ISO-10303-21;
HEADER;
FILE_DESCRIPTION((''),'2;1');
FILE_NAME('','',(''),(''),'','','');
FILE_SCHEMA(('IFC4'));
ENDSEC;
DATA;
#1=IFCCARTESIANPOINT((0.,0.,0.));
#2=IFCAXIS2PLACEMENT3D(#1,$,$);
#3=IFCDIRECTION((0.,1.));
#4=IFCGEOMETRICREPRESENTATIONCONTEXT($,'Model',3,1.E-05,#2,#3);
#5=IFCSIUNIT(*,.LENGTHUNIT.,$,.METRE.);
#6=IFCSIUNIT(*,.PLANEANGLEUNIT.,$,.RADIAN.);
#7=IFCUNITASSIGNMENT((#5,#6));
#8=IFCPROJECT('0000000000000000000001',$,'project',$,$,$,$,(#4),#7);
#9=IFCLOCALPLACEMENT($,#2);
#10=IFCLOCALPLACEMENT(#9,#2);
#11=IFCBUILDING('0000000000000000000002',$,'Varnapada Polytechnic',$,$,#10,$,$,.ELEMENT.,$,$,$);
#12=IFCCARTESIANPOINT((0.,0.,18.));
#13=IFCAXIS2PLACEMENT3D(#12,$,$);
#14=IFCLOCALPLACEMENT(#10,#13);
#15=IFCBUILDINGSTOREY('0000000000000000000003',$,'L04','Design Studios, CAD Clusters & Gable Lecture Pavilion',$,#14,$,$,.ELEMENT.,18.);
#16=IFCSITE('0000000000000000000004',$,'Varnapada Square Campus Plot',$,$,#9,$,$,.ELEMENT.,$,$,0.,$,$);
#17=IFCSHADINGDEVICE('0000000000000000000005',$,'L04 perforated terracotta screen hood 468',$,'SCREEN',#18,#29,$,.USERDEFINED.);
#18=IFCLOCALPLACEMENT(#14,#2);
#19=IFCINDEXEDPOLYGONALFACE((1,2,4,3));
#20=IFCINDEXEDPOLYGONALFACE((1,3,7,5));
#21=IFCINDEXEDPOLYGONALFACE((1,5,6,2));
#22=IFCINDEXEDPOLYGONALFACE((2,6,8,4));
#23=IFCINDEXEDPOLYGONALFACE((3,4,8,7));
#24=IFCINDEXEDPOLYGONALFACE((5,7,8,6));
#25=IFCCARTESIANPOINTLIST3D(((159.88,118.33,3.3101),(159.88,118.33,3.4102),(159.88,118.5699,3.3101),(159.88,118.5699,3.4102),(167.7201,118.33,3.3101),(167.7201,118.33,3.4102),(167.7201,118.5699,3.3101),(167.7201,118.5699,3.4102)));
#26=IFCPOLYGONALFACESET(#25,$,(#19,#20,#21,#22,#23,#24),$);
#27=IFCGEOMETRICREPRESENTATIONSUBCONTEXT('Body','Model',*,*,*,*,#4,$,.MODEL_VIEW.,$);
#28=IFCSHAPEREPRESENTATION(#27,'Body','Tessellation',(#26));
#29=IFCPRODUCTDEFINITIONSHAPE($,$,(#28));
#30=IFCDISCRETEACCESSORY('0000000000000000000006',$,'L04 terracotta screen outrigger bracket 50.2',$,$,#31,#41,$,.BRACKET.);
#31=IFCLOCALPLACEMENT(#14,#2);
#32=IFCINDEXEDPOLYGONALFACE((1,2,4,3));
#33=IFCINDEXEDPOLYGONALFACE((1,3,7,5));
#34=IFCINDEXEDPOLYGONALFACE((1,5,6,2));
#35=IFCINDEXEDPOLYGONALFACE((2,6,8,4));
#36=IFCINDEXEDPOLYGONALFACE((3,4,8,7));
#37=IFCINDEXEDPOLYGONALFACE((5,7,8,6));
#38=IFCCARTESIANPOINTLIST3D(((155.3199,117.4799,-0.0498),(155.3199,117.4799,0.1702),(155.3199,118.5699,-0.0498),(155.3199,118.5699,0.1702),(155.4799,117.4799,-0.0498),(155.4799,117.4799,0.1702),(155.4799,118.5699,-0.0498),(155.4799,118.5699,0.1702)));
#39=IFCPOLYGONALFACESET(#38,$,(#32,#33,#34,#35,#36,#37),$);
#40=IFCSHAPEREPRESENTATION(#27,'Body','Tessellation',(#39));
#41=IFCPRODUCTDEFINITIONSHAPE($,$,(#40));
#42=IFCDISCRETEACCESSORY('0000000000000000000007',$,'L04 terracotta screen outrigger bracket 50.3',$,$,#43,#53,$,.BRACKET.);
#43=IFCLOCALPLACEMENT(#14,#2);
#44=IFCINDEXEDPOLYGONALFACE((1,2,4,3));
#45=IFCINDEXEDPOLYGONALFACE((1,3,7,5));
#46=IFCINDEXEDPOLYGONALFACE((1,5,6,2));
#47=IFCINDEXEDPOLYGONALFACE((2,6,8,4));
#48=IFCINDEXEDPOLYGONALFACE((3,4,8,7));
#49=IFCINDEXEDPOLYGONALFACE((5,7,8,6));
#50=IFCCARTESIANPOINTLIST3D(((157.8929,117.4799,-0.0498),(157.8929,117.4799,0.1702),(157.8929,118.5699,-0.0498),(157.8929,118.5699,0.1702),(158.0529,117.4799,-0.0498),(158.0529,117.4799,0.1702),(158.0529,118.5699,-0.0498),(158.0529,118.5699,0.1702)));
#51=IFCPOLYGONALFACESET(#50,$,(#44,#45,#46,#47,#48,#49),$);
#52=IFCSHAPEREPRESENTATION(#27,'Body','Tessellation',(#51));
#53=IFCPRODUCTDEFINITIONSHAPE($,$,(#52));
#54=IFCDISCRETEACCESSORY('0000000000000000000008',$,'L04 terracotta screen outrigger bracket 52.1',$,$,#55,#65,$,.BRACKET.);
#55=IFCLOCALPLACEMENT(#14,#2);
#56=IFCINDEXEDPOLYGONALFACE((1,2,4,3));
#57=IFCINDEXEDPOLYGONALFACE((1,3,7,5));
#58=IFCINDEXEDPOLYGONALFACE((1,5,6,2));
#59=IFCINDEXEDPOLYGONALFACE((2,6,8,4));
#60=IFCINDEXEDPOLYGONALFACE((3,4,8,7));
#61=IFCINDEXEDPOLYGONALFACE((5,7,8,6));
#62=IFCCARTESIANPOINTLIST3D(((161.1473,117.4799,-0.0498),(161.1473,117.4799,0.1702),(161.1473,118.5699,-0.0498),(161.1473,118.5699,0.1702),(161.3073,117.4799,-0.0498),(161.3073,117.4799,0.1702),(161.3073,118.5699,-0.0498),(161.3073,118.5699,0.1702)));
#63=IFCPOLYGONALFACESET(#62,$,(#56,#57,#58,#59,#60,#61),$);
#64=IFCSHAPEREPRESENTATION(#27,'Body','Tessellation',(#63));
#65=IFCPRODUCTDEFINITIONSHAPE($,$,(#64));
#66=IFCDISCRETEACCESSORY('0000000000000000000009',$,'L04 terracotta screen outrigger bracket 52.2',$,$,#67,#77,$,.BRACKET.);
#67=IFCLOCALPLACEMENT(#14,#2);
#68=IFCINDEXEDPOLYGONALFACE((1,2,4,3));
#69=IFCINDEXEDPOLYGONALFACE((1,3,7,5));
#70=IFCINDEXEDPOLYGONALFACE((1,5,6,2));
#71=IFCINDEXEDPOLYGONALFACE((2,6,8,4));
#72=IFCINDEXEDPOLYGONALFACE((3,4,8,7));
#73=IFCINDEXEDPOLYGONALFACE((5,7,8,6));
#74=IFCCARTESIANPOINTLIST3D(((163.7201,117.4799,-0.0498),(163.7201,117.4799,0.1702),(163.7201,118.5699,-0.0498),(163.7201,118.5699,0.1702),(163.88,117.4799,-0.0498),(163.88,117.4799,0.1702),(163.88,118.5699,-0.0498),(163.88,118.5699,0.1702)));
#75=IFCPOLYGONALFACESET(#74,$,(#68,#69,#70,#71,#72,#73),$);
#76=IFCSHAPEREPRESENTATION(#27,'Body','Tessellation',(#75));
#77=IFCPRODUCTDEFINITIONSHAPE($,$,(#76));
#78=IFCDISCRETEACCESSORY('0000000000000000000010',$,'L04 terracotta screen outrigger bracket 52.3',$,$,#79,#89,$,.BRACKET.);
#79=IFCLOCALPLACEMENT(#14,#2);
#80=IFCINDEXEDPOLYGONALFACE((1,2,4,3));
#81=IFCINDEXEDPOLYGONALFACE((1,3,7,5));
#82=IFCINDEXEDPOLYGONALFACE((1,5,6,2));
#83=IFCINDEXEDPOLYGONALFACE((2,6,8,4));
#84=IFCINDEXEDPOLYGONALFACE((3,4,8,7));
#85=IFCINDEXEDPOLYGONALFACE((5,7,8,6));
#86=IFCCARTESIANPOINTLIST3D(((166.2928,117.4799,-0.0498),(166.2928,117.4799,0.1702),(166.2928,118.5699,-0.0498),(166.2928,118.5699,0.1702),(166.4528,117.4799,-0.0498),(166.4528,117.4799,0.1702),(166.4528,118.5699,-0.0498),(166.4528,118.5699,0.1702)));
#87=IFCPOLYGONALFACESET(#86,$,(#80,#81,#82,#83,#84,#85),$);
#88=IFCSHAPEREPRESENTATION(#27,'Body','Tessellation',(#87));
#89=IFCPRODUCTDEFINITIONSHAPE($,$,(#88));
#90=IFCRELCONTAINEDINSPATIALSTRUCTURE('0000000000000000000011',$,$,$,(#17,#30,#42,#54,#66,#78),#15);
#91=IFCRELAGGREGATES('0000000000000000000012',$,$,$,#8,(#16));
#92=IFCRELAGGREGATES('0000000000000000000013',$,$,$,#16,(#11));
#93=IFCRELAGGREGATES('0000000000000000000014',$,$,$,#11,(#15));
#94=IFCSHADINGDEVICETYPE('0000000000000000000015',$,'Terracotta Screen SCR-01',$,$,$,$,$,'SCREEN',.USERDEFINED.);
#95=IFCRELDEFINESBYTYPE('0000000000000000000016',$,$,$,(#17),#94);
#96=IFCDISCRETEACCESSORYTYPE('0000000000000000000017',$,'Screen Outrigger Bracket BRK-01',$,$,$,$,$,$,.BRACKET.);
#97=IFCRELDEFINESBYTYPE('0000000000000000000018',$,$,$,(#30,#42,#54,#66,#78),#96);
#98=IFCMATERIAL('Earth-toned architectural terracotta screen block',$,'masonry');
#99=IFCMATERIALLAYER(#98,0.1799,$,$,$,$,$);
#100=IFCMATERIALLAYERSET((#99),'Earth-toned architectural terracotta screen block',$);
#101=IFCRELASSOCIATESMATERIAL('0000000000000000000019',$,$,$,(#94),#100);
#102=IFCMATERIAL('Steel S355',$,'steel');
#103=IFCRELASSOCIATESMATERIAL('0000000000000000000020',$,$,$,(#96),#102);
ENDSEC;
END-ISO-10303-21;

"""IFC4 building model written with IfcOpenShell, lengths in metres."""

from ifc_helpers import new_model, si_unit, direction, frame, origin, origin_2d, place, context, subcontext, project, spatial, rectangle, extrude, material, layer, layer_set, type_object, element, save


model = new_model("IFC4")

# Units and contexts
model_context = context("Model", 3, precision=1e-05, world=origin(), true_north=direction((0.0, 1.0)))
body_context = subcontext(model_context, "Body", "Model", "MODEL_VIEW")
ifc_project = project(units=[si_unit("LENGTHUNIT", "METRE"), si_unit("PLANEANGLEUNIT", "RADIAN")], contexts=[model_context])

# Site, building, storey
site_placement = place(None, origin())
site = spatial("IfcSite", under=ifc_project, at=site_placement, Name="Varnapada Square Campus Plot", CompositionType="ELEMENT", RefElevation=0.0)
building_placement = place(site_placement, origin())
building = spatial("IfcBuilding", under=site, at=building_placement, Name="Varnapada Polytechnic", CompositionType="ELEMENT")
storey_placement = place(building_placement, frame((0.0, 0.0, 18.0)))
storey = spatial("IfcBuildingStorey", under=building, at=storey_placement, Name="L04", Description="Design Studios, CAD Clusters & Gable Lecture Pavilion", CompositionType="ELEMENT", Elevation=18.0)

# Shared definitions
ifc_material_1 = material(Name="Earth-toned architectural terracotta screen block", Category="masonry")

# Shading device
ifc_layer_1 = layer(ifc_material_1, 0.1799)
ifc_layer_set_1 = layer_set([ifc_layer_1], Name="Earth-toned architectural terracotta screen block")
shading_device_type_1 = type_object("IfcShadingDeviceType", Name="Terracotta Screen SCR-01", ElementType="SCREEN", PredefinedType="USERDEFINED", material=ifc_layer_set_1)
for number, where, z_axis, x_axis, name in (
    (1, (163.8, 118.45, 3.3101), (0.0, 0.0, 1.0), (1.0, 0.0, 0.0), "L04 perforated terracotta screen hood 468"),
):
    element("IfcShadingDevice", number, at=place(storey_placement, frame(where, z_axis=z_axis, x_axis=x_axis)), inside=storey, type_object=shading_device_type_1, Name=name, ObjectType="SCREEN", PredefinedType="USERDEFINED", context=body_context, shape_type="SweptSolid", body=[
        extrude(rectangle(XDim=7.8401, YDim=0.24, at=origin_2d()), origin(), (0.0, 0.0, 1.0), 0.1001),
    ])

# Discrete accessories
ifc_material_2 = material(Name="Steel S355", Category="steel")
discrete_accessory_type = type_object("IfcDiscreteAccessoryType", Name="Screen Outrigger Bracket BRK-01", PredefinedType="BRACKET", material=ifc_material_2)
for number, where, z_axis, x_axis, name in (
    (2, (155.3999, 118.0249, -0.0498), (0.0, 0.0, 1.0), (1.0, 0.0, 0.0), "L04 terracotta screen outrigger bracket 50.2"),
    (3, (157.9729, 118.0249, -0.0498), (0.0, 0.0, 1.0), (1.0, 0.0, 0.0), "L04 terracotta screen outrigger bracket 50.3"),
    (4, (161.2273, 118.0249, -0.0498), (0.0, 0.0, 1.0), (1.0, 0.0, 0.0), "L04 terracotta screen outrigger bracket 52.1"),
    (5, (163.8, 118.0249, -0.0498), (0.0, 0.0, 1.0), (1.0, 0.0, 0.0), "L04 terracotta screen outrigger bracket 52.2"),
    (6, (166.3728, 118.0249, -0.0498), (0.0, 0.0, 1.0), (1.0, 0.0, 0.0), "L04 terracotta screen outrigger bracket 52.3"),
):
    element("IfcDiscreteAccessory", number, at=place(storey_placement, frame(where, z_axis=z_axis, x_axis=x_axis)), inside=storey, type_object=discrete_accessory_type, Name=name, PredefinedType="BRACKET", context=body_context, shape_type="SweptSolid", body=[
        extrude(rectangle(XDim=0.1599, YDim=1.0901, at=origin_2d()), origin(), (0.0, 0.0, 1.0), 0.22),
    ])

save(model, "model.ifc")
